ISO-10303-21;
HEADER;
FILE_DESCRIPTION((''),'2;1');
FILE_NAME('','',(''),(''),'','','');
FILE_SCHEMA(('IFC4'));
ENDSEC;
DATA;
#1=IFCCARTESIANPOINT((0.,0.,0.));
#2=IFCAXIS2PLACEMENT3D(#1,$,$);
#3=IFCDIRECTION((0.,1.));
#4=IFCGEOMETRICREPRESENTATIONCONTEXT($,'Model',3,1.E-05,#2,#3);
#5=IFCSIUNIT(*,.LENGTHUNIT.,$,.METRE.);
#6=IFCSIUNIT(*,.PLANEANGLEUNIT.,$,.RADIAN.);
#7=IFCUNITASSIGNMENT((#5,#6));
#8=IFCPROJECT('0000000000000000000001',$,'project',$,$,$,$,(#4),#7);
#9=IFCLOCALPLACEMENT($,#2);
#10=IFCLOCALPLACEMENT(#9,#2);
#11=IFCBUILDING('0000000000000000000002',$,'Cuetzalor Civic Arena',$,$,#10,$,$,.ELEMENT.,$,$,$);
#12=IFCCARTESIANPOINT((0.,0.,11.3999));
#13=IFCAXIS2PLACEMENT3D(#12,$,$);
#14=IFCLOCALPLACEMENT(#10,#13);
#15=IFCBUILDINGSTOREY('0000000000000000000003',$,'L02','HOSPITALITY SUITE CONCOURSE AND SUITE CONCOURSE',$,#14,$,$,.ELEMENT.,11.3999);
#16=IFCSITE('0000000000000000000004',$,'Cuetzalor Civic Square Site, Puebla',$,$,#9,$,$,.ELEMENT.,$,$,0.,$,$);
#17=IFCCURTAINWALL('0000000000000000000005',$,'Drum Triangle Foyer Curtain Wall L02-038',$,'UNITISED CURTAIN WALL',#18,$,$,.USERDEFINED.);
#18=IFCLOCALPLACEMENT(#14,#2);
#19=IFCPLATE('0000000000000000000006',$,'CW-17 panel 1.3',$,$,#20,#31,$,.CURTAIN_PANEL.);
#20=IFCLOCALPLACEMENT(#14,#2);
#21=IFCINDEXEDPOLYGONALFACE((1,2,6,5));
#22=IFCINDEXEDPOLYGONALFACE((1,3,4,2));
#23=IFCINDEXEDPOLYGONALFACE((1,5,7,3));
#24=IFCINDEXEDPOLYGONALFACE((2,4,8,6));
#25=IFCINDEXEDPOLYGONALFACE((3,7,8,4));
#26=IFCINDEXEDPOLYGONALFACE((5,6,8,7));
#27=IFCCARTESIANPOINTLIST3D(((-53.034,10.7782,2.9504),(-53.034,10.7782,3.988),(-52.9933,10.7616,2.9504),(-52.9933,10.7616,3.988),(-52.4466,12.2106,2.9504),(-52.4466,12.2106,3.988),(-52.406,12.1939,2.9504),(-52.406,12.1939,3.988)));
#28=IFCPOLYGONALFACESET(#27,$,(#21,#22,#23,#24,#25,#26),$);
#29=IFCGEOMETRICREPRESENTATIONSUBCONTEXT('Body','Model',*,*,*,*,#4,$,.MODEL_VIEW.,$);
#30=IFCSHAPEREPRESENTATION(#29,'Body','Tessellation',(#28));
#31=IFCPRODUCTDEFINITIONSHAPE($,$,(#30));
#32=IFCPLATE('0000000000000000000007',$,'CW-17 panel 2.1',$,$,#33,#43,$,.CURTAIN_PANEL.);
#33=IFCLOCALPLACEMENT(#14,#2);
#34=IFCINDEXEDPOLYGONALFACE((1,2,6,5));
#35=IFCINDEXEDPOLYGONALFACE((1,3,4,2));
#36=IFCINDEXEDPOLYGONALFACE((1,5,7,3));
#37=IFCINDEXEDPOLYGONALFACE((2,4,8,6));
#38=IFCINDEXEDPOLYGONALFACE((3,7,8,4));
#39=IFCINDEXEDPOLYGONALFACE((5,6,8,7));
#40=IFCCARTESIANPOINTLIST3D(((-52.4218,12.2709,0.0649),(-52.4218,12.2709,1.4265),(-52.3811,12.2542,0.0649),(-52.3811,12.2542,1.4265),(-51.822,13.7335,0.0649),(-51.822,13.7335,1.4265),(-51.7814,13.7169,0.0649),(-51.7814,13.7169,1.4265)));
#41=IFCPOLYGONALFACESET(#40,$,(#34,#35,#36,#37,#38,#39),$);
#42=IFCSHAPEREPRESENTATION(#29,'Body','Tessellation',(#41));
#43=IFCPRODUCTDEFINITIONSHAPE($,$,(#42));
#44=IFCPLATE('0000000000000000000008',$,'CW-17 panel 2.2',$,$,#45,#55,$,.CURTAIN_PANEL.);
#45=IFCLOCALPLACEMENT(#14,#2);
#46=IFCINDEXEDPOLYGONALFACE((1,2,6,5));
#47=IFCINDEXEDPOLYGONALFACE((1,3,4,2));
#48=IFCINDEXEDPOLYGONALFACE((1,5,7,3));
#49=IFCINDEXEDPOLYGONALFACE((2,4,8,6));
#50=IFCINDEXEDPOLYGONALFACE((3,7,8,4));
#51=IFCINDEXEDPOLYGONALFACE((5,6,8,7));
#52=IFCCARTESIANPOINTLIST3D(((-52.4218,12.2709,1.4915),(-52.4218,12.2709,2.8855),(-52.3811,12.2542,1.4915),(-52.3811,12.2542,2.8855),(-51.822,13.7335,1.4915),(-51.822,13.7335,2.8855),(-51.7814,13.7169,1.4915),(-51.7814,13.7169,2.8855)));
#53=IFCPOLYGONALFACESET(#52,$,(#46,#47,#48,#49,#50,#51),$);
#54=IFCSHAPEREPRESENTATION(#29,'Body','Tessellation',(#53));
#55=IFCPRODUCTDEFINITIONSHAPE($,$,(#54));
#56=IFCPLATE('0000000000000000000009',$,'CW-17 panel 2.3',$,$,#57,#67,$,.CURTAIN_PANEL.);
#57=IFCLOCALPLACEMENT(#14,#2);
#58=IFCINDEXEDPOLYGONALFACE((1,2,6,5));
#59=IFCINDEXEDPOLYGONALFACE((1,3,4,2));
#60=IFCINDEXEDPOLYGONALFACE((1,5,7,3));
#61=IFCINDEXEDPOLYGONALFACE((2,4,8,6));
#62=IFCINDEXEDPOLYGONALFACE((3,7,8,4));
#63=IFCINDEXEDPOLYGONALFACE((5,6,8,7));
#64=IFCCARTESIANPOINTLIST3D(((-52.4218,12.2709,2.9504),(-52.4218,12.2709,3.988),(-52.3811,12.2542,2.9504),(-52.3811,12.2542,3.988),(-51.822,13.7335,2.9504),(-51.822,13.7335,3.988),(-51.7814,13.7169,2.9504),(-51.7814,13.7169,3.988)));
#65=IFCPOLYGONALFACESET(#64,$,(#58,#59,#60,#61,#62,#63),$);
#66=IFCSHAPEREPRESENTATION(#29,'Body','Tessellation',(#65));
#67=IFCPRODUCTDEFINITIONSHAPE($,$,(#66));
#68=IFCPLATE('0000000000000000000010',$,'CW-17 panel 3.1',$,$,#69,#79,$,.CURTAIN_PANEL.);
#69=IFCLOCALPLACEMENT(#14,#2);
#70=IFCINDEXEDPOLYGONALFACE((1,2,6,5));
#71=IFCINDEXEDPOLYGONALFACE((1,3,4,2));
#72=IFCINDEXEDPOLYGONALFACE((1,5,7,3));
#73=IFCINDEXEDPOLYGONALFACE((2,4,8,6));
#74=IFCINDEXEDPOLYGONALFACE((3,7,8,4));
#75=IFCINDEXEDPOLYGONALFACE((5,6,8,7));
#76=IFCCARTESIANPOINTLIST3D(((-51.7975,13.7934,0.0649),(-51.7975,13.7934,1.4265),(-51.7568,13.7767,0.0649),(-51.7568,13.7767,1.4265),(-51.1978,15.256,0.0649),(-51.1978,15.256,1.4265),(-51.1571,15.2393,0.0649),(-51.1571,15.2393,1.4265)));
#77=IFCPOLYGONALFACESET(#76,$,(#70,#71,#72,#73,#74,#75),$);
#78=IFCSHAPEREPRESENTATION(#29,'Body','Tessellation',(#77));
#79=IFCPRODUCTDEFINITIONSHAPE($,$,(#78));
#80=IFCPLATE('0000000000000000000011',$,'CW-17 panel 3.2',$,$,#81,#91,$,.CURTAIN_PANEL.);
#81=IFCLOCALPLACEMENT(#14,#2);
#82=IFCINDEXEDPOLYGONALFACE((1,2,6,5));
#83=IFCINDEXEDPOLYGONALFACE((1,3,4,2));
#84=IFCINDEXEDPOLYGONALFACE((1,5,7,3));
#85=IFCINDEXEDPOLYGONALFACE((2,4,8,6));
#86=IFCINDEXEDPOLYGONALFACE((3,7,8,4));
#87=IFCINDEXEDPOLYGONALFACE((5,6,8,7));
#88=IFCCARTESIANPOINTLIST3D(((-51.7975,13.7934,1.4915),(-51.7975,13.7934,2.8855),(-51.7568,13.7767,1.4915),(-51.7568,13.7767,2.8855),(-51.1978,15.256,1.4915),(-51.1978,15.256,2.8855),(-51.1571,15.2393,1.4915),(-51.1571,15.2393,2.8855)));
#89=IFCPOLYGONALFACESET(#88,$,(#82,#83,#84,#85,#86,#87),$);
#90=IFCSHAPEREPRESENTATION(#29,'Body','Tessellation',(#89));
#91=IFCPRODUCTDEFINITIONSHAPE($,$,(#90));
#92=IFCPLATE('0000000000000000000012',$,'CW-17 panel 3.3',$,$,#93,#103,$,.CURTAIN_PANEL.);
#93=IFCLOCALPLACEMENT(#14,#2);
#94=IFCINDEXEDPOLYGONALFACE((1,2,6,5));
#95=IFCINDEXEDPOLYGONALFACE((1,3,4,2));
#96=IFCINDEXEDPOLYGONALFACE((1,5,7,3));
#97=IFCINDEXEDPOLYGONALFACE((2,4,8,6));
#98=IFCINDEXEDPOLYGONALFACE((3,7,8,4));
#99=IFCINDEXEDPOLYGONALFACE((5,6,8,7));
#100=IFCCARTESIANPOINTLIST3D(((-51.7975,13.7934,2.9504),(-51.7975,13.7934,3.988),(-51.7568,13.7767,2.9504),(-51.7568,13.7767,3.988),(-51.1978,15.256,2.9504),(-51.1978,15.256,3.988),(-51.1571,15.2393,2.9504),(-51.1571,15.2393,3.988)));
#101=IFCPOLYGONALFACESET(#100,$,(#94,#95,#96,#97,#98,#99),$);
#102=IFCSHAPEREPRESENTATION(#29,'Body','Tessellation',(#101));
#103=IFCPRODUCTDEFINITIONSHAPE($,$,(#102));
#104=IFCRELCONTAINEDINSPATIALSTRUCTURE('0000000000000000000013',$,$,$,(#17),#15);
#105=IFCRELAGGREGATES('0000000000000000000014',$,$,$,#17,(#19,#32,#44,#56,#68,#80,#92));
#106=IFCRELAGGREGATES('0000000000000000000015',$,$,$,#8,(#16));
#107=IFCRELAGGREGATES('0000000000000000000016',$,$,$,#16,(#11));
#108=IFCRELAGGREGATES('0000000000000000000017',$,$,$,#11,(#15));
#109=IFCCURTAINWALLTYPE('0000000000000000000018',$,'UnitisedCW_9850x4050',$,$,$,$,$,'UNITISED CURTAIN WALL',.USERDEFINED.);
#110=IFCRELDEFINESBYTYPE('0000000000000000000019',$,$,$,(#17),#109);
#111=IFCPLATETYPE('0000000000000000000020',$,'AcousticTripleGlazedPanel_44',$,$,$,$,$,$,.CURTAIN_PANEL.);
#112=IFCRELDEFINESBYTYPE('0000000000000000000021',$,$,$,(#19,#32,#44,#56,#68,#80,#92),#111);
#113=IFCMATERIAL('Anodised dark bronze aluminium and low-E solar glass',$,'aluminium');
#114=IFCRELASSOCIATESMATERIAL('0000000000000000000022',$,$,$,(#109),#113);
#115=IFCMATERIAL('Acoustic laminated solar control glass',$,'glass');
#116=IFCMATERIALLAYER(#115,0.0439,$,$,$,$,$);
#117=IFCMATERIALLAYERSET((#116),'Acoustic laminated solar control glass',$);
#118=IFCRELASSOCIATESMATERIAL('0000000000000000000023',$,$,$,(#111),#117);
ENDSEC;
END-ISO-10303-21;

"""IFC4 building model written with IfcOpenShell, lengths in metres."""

from ifc_helpers import new_model, si_unit, direction, frame, origin, origin_2d, place, context, subcontext, project, spatial, rectangle, extrude, material, layer, layer_set, type_object, element, aggregate, save


model = new_model("IFC4")

# Units and contexts
model_context = context("Model", 3, precision=1e-05, world=origin(), true_north=direction((0.0, 1.0)))
body_context = subcontext(model_context, "Body", "Model", "MODEL_VIEW")
ifc_project = project(units=[si_unit("LENGTHUNIT", "METRE"), si_unit("PLANEANGLEUNIT", "RADIAN")], contexts=[model_context])

# Site, building, storey
site_placement = place(None, origin())
site = spatial("IfcSite", under=ifc_project, at=site_placement, Name="Cuetzalor Civic Square Site, Puebla", CompositionType="ELEMENT", RefElevation=0.0)
building_placement = place(site_placement, origin())
building = spatial("IfcBuilding", under=site, at=building_placement, Name="Cuetzalor Civic Arena", CompositionType="ELEMENT")
storey_placement = place(building_placement, frame((0.0, 0.0, 11.3999)))
storey = spatial("IfcBuildingStorey", under=building, at=storey_placement, Name="L02", Description="HOSPITALITY SUITE CONCOURSE AND SUITE CONCOURSE", CompositionType="ELEMENT", Elevation=11.3999)

# Curtain wall, plates
ifc_material_1 = material(Name="Anodised dark bronze aluminium and low-E solar glass", Category="aluminium")
curtain_wall_type = type_object("IfcCurtainWallType", Name="UnitisedCW_9850x4050", ElementType="UNITISED CURTAIN WALL", PredefinedType="USERDEFINED", material=ifc_material_1)
curtain_wall_placement = place(storey_placement, origin())
curtain_wall = element("IfcCurtainWall", 1, at=curtain_wall_placement, inside=storey, type_object=curtain_wall_type, Name="Drum Triangle Foyer Curtain Wall L02-038", ObjectType="UNITISED CURTAIN WALL", PredefinedType="USERDEFINED")
ifc_material_2 = material(Name="Acoustic laminated solar control glass", Category="glass")
ifc_layer = layer(ifc_material_2, 0.0439)
ifc_layer_set = layer_set([ifc_layer], Name="Acoustic laminated solar control glass")
plate_type = type_object("IfcPlateType", Name="AcousticTripleGlazedPanel_44", PredefinedType="CURTAIN_PANEL", material=ifc_layer_set)
plate_1_placement = place(storey_placement, frame((-52.72, 11.4861, 2.9504), z_axis=(0.0, 0.0, 1.0), x_axis=(0.379391, 0.925236, 0.0)))
plate_1 = element("IfcPlate", 2, at=plate_1_placement, type_object=plate_type, Name="CW-17 panel 1.3", PredefinedType="CURTAIN_PANEL", context=body_context, shape_type="SweptSolid", body=[
    extrude(rectangle(XDim=1.5481, YDim=0.0439, at=origin_2d()), origin(), (0.0, 0.0, 1.0), 1.0376),
])
plate_2_placement = place(storey_placement, frame((-52.1016, 12.9939, 0.0649), z_axis=(0.0, 0.0, 1.0), x_axis=(0.379391, 0.925236, 0.0)))
plate_2 = element("IfcPlate", 3, at=plate_2_placement, type_object=plate_type, Name="CW-17 panel 2.1", PredefinedType="CURTAIN_PANEL", context=body_context, shape_type="SweptSolid", body=[
    extrude(rectangle(XDim=1.5808, YDim=0.0439, at=origin_2d()), origin(), (0.0, 0.0, 1.0), 1.3616),
])
plate_3_placement = place(storey_placement, frame((-52.1016, 12.9939, 1.4915), z_axis=(0.0, 0.0, 1.0), x_axis=(0.379391, 0.925236, 0.0)))
plate_3 = element("IfcPlate", 4, at=plate_3_placement, type_object=plate_type, Name="CW-17 panel 2.2", PredefinedType="CURTAIN_PANEL", context=body_context, shape_type="SweptSolid", body=[
    extrude(rectangle(XDim=1.5808, YDim=0.0439, at=origin_2d()), origin(), (0.0, 0.0, 1.0), 1.394),
])
plate_4_placement = place(storey_placement, frame((-52.1016, 12.9939, 2.9504), z_axis=(0.0, 0.0, 1.0), x_axis=(0.379391, 0.925236, 0.0)))
plate_4 = element("IfcPlate", 5, at=plate_4_placement, type_object=plate_type, Name="CW-17 panel 2.3", PredefinedType="CURTAIN_PANEL", context=body_context, shape_type="SweptSolid", body=[
    extrude(rectangle(XDim=1.5808, YDim=0.0439, at=origin_2d()), origin(), (0.0, 0.0, 1.0), 1.0376),
])
plate_5_placement = place(storey_placement, frame((-51.4773, 14.5164, 0.0649), z_axis=(0.0, 0.0, 1.0), x_axis=(0.379391, 0.925236, 0.0)))
plate_5 = element("IfcPlate", 6, at=plate_5_placement, type_object=plate_type, Name="CW-17 panel 3.1", PredefinedType="CURTAIN_PANEL", context=body_context, shape_type="SweptSolid", body=[
    extrude(rectangle(XDim=1.5808, YDim=0.0439, at=origin_2d()), origin(), (0.0, 0.0, 1.0), 1.3616),
])
plate_6_placement = place(storey_placement, frame((-51.4773, 14.5164, 1.4915), z_axis=(0.0, 0.0, 1.0), x_axis=(0.379391, 0.925236, 0.0)))
plate_6 = element("IfcPlate", 7, at=plate_6_placement, type_object=plate_type, Name="CW-17 panel 3.2", PredefinedType="CURTAIN_PANEL", context=body_context, shape_type="SweptSolid", body=[
    extrude(rectangle(XDim=1.5808, YDim=0.0439, at=origin_2d()), origin(), (0.0, 0.0, 1.0), 1.394),
])
plate_7_placement = place(storey_placement, frame((-51.4773, 14.5164, 2.9504), z_axis=(0.0, 0.0, 1.0), x_axis=(0.379391, 0.925236, 0.0)))
plate_7 = element("IfcPlate", 8, at=plate_7_placement, type_object=plate_type, Name="CW-17 panel 3.3", PredefinedType="CURTAIN_PANEL", context=body_context, shape_type="SweptSolid", body=[
    extrude(rectangle(XDim=1.5808, YDim=0.0439, at=origin_2d()), origin(), (0.0, 0.0, 1.0), 1.0376),
])
aggregate(curtain_wall, [plate_1, plate_2, plate_3, plate_4, plate_5, plate_6, plate_7])

save(model, "model.ifc")
